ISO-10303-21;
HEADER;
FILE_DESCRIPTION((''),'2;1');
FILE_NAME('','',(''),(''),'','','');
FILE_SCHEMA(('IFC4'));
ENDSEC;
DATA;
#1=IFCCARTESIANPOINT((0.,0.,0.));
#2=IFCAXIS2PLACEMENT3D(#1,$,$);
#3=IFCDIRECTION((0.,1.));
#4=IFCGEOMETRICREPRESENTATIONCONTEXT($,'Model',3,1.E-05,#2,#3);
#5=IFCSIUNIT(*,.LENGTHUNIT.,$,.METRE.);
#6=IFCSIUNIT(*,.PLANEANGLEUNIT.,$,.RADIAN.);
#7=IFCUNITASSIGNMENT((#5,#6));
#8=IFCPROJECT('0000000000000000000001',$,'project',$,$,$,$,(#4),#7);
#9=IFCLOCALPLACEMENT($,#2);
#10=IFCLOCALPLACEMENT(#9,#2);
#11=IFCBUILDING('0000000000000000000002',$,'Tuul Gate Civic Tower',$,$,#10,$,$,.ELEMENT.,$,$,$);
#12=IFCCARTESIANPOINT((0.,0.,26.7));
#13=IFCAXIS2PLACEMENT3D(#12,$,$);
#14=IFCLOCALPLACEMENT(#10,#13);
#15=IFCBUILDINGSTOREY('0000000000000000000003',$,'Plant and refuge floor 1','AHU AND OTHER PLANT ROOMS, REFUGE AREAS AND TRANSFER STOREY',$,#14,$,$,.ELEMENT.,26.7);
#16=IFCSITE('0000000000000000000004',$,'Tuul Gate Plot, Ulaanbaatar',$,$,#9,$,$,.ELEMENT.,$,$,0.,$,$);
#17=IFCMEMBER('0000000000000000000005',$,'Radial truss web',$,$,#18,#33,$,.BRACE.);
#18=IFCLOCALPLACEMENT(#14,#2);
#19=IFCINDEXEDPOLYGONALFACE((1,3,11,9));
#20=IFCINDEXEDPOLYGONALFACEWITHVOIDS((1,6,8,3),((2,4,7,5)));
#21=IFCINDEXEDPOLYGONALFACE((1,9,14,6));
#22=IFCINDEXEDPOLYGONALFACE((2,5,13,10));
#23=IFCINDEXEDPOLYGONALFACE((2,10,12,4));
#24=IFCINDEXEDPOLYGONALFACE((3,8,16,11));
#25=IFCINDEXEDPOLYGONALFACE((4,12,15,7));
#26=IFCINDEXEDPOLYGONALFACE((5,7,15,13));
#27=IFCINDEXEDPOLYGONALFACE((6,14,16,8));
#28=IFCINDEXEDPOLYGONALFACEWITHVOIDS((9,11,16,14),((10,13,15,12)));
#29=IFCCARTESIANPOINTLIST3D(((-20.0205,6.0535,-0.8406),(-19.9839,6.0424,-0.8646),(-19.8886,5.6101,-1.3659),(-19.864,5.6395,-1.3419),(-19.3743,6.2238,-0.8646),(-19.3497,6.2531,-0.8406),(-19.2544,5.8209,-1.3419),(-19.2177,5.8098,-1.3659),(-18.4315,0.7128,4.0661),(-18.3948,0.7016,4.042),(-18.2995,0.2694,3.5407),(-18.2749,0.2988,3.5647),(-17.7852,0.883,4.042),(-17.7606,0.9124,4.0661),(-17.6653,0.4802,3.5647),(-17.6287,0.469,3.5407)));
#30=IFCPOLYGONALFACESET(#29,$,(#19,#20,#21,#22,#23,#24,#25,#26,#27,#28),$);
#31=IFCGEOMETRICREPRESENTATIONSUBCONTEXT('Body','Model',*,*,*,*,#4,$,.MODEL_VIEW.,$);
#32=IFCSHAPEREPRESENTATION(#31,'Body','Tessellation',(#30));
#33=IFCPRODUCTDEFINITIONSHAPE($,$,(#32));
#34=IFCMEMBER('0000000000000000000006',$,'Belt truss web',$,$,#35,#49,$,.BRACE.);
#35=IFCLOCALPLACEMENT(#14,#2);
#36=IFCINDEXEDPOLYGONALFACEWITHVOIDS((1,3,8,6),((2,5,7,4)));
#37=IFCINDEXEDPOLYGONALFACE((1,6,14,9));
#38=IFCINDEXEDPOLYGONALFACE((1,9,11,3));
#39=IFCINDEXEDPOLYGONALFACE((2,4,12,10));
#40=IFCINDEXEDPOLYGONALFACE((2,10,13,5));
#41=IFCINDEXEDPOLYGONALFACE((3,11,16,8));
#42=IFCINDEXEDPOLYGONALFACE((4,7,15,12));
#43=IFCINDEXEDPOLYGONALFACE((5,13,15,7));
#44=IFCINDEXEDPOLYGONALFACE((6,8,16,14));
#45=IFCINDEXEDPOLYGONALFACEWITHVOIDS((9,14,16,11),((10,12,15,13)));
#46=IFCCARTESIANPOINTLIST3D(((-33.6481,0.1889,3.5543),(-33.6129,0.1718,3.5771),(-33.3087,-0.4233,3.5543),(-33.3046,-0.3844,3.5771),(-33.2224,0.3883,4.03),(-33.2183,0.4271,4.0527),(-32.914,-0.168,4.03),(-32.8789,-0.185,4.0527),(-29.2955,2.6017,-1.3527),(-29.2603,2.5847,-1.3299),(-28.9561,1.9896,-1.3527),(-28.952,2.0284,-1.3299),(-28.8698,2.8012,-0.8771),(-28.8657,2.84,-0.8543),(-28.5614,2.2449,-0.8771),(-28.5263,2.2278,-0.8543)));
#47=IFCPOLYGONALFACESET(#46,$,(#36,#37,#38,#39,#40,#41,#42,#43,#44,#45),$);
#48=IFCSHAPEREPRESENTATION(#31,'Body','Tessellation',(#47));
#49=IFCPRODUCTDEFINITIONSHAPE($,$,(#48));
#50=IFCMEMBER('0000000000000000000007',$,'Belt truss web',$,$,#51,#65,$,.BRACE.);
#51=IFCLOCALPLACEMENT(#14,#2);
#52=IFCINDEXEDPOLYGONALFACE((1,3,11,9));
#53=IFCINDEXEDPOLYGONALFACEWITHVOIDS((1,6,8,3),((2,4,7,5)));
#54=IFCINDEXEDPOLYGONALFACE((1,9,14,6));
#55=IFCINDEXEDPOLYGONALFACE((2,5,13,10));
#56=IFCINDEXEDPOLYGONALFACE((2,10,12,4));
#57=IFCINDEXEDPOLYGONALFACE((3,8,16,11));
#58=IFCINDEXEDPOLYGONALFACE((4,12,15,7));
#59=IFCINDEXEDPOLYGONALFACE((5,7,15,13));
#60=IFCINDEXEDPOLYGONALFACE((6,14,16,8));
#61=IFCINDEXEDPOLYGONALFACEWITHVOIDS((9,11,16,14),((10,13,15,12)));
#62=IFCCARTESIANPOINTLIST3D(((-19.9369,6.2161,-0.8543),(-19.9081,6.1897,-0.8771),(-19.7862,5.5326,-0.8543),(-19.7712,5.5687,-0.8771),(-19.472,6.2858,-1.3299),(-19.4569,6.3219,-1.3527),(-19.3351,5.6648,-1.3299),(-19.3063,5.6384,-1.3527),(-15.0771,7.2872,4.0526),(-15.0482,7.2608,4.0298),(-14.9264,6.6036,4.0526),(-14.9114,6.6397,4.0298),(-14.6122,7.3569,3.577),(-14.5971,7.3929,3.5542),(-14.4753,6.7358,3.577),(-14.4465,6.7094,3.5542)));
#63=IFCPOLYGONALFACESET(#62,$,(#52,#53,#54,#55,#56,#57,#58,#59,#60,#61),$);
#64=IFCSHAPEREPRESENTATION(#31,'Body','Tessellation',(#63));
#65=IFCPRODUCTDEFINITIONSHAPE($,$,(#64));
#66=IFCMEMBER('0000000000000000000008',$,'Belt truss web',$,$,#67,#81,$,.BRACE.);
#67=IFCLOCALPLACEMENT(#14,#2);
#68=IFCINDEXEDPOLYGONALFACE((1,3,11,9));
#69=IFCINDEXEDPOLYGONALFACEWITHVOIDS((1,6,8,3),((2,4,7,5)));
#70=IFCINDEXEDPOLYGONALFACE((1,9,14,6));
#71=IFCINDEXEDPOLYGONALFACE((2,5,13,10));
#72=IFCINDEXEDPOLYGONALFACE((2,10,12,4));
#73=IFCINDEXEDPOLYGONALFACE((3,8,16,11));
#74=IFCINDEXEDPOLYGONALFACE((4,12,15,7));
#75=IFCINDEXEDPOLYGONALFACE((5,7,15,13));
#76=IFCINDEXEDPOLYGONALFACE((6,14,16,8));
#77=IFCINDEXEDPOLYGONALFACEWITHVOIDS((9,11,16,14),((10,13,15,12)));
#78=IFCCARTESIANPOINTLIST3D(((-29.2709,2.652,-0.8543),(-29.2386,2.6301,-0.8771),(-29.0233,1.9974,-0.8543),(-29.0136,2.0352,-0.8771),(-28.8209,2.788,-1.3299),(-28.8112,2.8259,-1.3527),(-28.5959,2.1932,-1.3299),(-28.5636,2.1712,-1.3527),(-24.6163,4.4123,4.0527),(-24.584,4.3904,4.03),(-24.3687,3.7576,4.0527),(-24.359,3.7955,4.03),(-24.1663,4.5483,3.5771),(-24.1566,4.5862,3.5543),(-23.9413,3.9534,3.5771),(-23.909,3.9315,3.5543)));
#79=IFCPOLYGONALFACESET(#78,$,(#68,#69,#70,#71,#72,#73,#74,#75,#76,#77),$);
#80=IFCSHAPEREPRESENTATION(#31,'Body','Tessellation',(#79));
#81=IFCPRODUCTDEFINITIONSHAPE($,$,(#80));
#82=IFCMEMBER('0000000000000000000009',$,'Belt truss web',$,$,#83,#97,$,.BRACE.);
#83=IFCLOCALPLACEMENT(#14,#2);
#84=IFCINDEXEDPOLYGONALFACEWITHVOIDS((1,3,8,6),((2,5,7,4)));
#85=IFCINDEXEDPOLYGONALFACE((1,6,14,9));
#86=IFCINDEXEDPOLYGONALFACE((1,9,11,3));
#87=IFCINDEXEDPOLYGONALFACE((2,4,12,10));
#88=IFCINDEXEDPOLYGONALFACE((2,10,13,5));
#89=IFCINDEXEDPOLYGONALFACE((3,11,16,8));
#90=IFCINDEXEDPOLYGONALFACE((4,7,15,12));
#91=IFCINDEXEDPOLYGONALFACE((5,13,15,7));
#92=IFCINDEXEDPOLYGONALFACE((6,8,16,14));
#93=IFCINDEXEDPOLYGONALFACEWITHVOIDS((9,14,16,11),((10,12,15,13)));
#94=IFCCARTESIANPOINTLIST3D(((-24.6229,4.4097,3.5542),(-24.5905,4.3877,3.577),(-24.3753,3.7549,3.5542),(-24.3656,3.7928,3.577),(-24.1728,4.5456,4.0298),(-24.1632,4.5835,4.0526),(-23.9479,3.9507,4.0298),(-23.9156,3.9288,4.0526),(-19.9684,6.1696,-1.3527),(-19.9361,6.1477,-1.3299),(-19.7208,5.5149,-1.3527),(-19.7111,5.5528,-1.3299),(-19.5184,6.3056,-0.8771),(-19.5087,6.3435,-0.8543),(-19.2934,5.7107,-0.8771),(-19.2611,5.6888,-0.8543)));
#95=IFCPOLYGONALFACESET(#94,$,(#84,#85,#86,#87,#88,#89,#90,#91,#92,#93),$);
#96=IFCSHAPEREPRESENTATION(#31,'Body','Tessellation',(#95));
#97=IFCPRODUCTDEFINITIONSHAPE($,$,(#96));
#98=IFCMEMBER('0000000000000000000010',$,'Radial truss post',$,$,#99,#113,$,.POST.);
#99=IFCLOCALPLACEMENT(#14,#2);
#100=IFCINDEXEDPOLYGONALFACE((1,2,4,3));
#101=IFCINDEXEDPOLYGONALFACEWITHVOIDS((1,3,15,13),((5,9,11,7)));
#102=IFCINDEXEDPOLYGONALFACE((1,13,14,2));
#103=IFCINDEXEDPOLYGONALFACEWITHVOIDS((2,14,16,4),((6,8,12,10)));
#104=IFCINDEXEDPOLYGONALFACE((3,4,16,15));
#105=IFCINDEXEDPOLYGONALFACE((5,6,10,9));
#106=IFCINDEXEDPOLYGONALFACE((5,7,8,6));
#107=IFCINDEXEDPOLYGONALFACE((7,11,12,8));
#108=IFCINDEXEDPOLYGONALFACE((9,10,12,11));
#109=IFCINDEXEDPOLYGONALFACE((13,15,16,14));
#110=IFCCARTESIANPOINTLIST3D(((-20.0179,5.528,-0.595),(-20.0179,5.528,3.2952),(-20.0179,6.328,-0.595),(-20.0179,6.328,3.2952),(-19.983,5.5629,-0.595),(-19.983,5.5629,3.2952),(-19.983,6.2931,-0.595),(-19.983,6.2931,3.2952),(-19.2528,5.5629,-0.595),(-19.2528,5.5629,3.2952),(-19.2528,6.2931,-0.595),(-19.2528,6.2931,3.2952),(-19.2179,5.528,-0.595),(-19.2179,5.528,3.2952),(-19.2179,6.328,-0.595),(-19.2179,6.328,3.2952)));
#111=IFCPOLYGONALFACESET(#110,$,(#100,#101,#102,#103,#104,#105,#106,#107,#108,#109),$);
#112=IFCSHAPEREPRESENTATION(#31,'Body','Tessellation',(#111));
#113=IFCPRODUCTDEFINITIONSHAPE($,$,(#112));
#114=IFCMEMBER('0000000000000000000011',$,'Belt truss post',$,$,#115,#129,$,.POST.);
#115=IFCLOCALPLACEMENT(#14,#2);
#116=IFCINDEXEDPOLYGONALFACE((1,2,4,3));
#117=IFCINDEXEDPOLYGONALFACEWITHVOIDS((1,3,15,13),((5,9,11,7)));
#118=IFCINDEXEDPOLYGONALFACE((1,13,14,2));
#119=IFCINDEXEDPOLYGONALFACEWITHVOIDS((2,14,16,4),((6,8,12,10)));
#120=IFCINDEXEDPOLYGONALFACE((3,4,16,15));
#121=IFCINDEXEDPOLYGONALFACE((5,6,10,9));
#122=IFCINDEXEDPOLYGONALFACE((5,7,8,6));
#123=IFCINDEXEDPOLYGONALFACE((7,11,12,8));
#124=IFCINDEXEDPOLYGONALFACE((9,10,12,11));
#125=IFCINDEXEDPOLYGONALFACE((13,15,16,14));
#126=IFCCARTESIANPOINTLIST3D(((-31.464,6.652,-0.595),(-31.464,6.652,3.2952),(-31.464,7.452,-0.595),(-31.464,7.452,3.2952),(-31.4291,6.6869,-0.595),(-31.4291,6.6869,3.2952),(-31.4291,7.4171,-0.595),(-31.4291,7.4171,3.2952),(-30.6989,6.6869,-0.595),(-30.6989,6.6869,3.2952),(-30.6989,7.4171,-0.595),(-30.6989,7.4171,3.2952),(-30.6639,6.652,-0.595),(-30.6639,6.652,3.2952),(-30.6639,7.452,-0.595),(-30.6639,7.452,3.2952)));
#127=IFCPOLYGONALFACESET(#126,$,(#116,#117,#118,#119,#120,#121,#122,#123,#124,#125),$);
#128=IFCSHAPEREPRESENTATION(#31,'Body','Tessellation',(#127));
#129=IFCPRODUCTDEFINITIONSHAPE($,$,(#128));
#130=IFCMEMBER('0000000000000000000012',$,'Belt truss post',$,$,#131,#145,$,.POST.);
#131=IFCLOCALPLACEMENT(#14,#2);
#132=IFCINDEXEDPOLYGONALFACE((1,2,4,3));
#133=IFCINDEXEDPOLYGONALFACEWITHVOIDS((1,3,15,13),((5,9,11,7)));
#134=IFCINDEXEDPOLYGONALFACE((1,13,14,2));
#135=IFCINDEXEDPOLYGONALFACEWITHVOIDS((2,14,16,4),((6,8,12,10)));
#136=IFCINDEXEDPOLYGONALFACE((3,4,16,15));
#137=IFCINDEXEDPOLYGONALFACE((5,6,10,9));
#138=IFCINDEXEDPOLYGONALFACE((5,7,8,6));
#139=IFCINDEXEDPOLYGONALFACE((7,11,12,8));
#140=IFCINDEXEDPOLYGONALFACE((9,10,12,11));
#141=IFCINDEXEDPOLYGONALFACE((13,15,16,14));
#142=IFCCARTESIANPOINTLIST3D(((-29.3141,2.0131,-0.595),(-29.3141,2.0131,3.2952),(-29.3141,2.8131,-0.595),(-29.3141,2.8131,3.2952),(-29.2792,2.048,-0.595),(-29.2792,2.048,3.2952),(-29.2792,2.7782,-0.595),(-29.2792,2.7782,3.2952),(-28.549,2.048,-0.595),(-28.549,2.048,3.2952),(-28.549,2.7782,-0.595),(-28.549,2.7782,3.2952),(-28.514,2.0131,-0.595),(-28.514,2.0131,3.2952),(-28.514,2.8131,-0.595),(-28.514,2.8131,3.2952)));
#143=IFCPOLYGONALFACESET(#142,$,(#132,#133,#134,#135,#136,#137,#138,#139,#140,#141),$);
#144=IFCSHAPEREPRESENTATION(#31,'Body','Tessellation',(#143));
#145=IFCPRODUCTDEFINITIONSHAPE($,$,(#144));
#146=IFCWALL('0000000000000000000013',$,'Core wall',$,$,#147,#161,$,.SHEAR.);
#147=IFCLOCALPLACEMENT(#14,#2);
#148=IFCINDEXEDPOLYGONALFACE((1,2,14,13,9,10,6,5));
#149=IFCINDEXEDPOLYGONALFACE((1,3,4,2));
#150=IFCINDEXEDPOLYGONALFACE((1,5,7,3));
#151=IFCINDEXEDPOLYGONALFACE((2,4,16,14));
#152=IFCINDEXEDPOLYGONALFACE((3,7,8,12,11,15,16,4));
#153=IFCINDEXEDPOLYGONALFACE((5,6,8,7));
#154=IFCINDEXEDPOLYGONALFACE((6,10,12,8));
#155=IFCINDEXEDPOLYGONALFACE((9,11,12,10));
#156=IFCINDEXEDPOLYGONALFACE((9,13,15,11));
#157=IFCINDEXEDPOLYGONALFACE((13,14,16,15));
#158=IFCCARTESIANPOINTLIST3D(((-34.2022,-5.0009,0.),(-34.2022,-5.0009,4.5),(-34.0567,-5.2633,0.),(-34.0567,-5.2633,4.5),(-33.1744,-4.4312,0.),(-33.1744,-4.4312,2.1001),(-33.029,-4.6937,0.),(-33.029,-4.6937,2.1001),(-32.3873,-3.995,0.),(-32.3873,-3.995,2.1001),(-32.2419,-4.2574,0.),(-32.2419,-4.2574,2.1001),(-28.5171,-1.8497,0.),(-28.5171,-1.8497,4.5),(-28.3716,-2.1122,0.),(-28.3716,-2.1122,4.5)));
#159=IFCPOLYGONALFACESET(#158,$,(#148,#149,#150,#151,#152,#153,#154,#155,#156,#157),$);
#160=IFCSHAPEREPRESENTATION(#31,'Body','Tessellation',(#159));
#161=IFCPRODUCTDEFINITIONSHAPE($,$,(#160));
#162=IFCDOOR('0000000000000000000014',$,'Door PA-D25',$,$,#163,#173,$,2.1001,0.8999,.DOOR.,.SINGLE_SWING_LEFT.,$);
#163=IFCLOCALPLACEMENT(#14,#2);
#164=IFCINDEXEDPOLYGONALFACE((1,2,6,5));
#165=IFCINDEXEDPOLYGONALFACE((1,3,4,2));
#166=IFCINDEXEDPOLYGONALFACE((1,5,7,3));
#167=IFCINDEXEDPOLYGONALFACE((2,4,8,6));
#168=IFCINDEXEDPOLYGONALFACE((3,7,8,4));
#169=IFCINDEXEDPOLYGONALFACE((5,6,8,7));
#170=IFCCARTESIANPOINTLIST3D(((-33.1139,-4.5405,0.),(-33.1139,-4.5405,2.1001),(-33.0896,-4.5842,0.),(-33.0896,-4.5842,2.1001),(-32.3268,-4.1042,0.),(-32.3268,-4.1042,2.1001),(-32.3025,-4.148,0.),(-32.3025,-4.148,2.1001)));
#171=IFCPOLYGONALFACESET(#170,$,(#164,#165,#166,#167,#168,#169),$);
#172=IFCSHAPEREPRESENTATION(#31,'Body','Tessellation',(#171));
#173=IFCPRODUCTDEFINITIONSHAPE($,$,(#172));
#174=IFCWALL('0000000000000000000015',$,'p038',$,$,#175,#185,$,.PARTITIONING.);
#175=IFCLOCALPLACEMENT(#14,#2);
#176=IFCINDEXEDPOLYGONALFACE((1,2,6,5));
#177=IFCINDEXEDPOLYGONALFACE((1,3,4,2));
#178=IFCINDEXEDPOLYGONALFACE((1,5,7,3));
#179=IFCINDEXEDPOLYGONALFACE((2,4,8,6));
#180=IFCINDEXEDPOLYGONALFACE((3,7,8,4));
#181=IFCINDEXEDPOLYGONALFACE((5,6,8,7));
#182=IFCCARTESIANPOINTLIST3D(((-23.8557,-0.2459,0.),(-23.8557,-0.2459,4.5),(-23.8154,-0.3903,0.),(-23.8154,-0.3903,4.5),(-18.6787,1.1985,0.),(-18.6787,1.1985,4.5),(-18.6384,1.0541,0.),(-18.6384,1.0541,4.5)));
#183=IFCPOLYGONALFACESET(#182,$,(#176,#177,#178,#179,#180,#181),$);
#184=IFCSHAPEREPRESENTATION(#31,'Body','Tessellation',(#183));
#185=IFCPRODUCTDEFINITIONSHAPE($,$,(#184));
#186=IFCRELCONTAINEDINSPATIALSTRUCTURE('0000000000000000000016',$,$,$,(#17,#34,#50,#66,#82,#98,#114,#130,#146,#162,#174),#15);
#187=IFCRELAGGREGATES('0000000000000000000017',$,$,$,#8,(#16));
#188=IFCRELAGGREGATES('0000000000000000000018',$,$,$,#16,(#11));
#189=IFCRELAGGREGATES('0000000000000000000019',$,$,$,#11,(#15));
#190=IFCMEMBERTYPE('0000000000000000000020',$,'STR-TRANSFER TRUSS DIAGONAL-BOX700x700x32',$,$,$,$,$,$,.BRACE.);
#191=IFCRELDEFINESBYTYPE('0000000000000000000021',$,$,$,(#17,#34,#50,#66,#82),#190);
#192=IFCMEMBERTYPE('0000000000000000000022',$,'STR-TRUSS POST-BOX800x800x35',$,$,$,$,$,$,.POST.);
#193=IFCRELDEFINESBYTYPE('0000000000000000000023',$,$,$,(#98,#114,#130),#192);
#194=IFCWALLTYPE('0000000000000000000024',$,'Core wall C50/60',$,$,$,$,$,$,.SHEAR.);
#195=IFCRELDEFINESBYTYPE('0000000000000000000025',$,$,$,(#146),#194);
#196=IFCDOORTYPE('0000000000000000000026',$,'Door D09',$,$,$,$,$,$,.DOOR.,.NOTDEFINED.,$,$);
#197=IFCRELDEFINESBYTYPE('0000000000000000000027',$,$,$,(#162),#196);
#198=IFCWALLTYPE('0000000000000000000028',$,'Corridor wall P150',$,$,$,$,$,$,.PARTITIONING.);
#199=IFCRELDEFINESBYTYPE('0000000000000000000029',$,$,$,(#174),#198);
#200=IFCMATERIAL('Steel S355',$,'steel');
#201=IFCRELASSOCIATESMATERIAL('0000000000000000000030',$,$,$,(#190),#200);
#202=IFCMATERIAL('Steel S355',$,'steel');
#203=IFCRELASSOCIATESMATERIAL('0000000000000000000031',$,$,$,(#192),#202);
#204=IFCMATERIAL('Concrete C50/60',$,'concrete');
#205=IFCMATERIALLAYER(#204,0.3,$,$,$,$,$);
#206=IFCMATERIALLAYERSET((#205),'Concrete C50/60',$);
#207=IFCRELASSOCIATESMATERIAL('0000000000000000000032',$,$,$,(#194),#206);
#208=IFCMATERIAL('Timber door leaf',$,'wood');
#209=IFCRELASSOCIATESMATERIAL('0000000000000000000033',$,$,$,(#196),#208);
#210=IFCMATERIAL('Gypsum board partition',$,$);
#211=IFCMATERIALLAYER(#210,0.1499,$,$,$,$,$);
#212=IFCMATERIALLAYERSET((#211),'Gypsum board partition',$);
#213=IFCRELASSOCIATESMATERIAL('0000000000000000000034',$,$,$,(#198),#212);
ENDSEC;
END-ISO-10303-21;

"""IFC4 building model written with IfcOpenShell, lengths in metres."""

from ifc_helpers import new_model, si_unit, direction, frame, frame_2d, origin, origin_2d, place, context, subcontext, project, spatial, rectangle, hollow_rectangle, extrude, material, layer, layer_set, material_profile, profile_set, type_object, element, fill, save


model = new_model("IFC4")

# Units and contexts
model_context = context("Model", 3, precision=1e-05, world=origin(), true_north=direction((0.0, 1.0)))
body_context = subcontext(model_context, "Body", "Model", "MODEL_VIEW")
ifc_project = project(units=[si_unit("LENGTHUNIT", "METRE"), si_unit("PLANEANGLEUNIT", "RADIAN")], contexts=[model_context])

# Site, building, storey
site_placement = place(None, origin())
site = spatial("IfcSite", under=ifc_project, at=site_placement, Name="Tuul Gate Plot, Ulaanbaatar", CompositionType="ELEMENT", RefElevation=0.0)
building_placement = place(site_placement, origin())
building = spatial("IfcBuilding", under=site, at=building_placement, Name="Tuul Gate Civic Tower", CompositionType="ELEMENT")
storey_placement = place(building_placement, frame((0.0, 0.0, 26.7)))
storey = spatial("IfcBuildingStorey", under=building, at=storey_placement, Name="Plant and refuge floor 1", Description="AHU AND OTHER PLANT ROOMS, REFUGE AREAS AND TRANSFER STOREY", CompositionType="ELEMENT", Elevation=26.7)

# Members
ifc_material_1 = material(Name="Steel S355", Category="steel")
ifc_material_profile_1 = material_profile(ifc_material_1, hollow_rectangle(XDim=0.7, YDim=0.7, WallThickness=0.032, at=origin_2d()), Name="BOX700x700x32")
ifc_profile_set_1 = profile_set([ifc_material_profile_1], Name="Steel S355")
member_type_1 = type_object("IfcMemberType", Name="STR-TRANSFER TRUSS DIAGONAL-BOX700x700x32", PredefinedType="BRACE", material=ifc_profile_set_1)
member_1_placement = place(storey_placement, frame((-19.6191, 5.9316, -1.1033), z_axis=(0.214031, -0.719334, 0.66087), x_axis=(0.958473, 0.285185, 0.0)))
element("IfcMember", 1, at=member_1_placement, inside=storey, type_object=member_type_1, Name="Radial truss web", PredefinedType="BRACE", context=body_context, shape_type="SweptSolid", body=[
    extrude(hollow_rectangle(XDim=0.7, YDim=0.7, WallThickness=0.032, at=origin_2d()), origin(), (0.0, 0.0, 1.0), 7.4246),
])
member_2_placement = place(storey_placement, frame((-28.9109, 2.4148, -1.1035), z_axis=(-0.622778, -0.345239, 0.70211), x_axis=(0.484839, -0.874604, 0.0)))
element("IfcMember", 2, at=member_2_placement, inside=storey, type_object=member_type_1, Name="Belt truss web", PredefinedType="BRACE", context=body_context, shape_type="SweptSolid", body=[
    extrude(hollow_rectangle(XDim=0.7, YDim=0.7, WallThickness=0.032, at=origin_2d()), origin(), (0.0, 0.0, 1.0), 6.989),
])
for number, where, z_axis, x_axis, name in (
    (3, (-19.6216, 5.9272, -1.1035), (0.695375, 0.153251, 0.702117), (-0.215221, 0.976565, 0.0), "Belt truss web"),
    (4, (-28.9172, 2.4116, -1.1035), (0.666011, 0.251872, 0.702132), (-0.35373, 0.935348, 0.0), "Belt truss web"),
):
    element("IfcMember", number, at=place(storey_placement, frame(where, z_axis=z_axis, x_axis=x_axis)), inside=storey, type_object=member_type_1, Name=name, PredefinedType="BRACE", context=body_context, shape_type="SweptSolid", body=[
        extrude(hollow_rectangle(XDim=0.7, YDim=0.7, WallThickness=0.032, at=origin_2d()), origin(), (0.0, 0.0, 1.0), 6.9888),
    ])
member_3_placement = place(storey_placement, frame((-19.6147, 5.9292, -1.1035), z_axis=(-0.666017, -0.251839, 0.702139), x_axis=(0.353687, -0.935364, 0.0)))
element("IfcMember", 5, at=member_3_placement, inside=storey, type_object=member_type_1, Name="Belt truss web", PredefinedType="BRACE", context=body_context, shape_type="SweptSolid", body=[
    extrude(hollow_rectangle(XDim=0.7, YDim=0.7, WallThickness=0.032, at=origin_2d()), origin(), (0.0, 0.0, 1.0), 6.9885),
])
ifc_material_2 = material(Name="Steel S355", Category="steel")
ifc_material_profile_2 = material_profile(ifc_material_2, hollow_rectangle(XDim=0.8, YDim=0.8, WallThickness=0.0349, at=origin_2d()), Name="BOX800x800x35")
ifc_profile_set_2 = profile_set([ifc_material_profile_2], Name="Steel S355")
member_type_2 = type_object("IfcMemberType", Name="STR-TRUSS POST-BOX800x800x35", PredefinedType="POST", material=ifc_profile_set_2)
for number, where, z_axis, x_axis, name in (
    (6, (-19.6179, 5.928, -0.595), (0.0, 0.0, 1.0), (1.0, 0.0, 0.0), "Radial truss post"),
    (7, (-31.064, 7.052, -0.595), (0.0, 0.0, 1.0), (1.0, 0.0, 0.0), "Belt truss post"),
    (8, (-28.9141, 2.4131, -0.595), (0.0, 0.0, 1.0), (1.0, 0.0, 0.0), "Belt truss post"),
):
    element("IfcMember", number, at=place(storey_placement, frame(where, z_axis=z_axis, x_axis=x_axis)), inside=storey, type_object=member_type_2, Name=name, PredefinedType="POST", context=body_context, shape_type="SweptSolid", body=[
        extrude(hollow_rectangle(XDim=0.8, YDim=0.8, WallThickness=0.0349, at=origin_2d()), origin(), (0.0, 0.0, 1.0), 3.8901),
    ])

# Wall, opening, door
ifc_material_3 = material(Name="Concrete C50/60", Category="concrete")
ifc_layer_1 = layer(ifc_material_3, 0.3)
ifc_layer_set_1 = layer_set([ifc_layer_1], Name="Concrete C50/60")
wall_type_1 = type_object("IfcWallType", Name="Core wall C50/60", PredefinedType="SHEAR", material=ifc_layer_set_1)
wall_1_placement = place(storey_placement, frame((-28.4443, -1.981, 0.0), z_axis=(0.0, 0.0, 1.0), x_axis=(-0.87463, -0.484791, 0.0)))
wall_1 = element("IfcWall", 9, at=wall_1_placement, inside=storey, type_object=wall_type_1, Name="Core wall", PredefinedType="SHEAR", context=body_context, shape_type="SweptSolid", body=[
    extrude(rectangle(XDim=6.5, YDim=0.3, at=frame_2d((3.25, 0.0))), origin(), (0.0, 0.0, 1.0), 4.5),
])
opening_1_placement = place(wall_1_placement, frame((4.425, 0.0, 0.0)))
opening_1 = element("IfcOpeningElement", 10, at=opening_1_placement, cuts=wall_1, PredefinedType="OPENING", context=body_context, shape_type="SweptSolid", body=[
    extrude(rectangle(XDim=0.8999, YDim=2.1001, at=frame_2d((0.45, 1.05))), frame((0.0, 0.1602, 0.0), z_axis=(0.0, -1.0, 0.0), x_axis=(1.0, 0.0, 0.0)), (0.0, 0.0, 1.0), 0.3201),
])
ifc_material_4 = material(Name="Timber door leaf", Category="wood")
door_type = type_object("IfcDoorType", Name="Door D09", OperationType="NOTDEFINED", PredefinedType="DOOR", material=ifc_material_4)
door_1_placement = place(opening_1_placement, origin())
door_1 = element("IfcDoor", 11, at=door_1_placement, inside=storey, type_object=door_type, Name="Door PA-D25", OperationType="SINGLE_SWING_LEFT", OverallHeight=2.1001, OverallWidth=0.8999, PredefinedType="DOOR", context=body_context, shape_type="SweptSolid", body=[
    extrude(rectangle(XDim=0.8999, YDim=2.1001, at=frame_2d((0.45, 1.05))), frame((0.0, 0.0249, 0.0), z_axis=(0.0, -1.0, 0.0), x_axis=(1.0, 0.0, 0.0)), (0.0, 0.0, 1.0), 0.05),
])
fill(opening_1, door_1)

# Wall
ifc_material_5 = material(Name="Gypsum board partition")
ifc_layer_2 = layer(ifc_material_5, 0.1499)
ifc_layer_set_2 = layer_set([ifc_layer_2], Name="Gypsum board partition")
wall_type_2 = type_object("IfcWallType", Name="Corridor wall P150", PredefinedType="PARTITIONING", material=ifc_layer_set_2)
wall_2_placement = place(storey_placement, frame((-23.8357, -0.3181, 0.0), z_axis=(0.0, 0.0, 1.0), x_axis=(0.963216, 0.268728, 0.0)))
element("IfcWall", 12, at=wall_2_placement, inside=storey, type_object=wall_type_2, Name="p038", PredefinedType="PARTITIONING", context=body_context, shape_type="SweptSolid", body=[
    extrude(rectangle(XDim=5.3748, YDim=0.1499, at=frame_2d((2.6875, 0.0))), origin(), (0.0, 0.0, 1.0), 4.5),
])

save(model, "model.ifc")
